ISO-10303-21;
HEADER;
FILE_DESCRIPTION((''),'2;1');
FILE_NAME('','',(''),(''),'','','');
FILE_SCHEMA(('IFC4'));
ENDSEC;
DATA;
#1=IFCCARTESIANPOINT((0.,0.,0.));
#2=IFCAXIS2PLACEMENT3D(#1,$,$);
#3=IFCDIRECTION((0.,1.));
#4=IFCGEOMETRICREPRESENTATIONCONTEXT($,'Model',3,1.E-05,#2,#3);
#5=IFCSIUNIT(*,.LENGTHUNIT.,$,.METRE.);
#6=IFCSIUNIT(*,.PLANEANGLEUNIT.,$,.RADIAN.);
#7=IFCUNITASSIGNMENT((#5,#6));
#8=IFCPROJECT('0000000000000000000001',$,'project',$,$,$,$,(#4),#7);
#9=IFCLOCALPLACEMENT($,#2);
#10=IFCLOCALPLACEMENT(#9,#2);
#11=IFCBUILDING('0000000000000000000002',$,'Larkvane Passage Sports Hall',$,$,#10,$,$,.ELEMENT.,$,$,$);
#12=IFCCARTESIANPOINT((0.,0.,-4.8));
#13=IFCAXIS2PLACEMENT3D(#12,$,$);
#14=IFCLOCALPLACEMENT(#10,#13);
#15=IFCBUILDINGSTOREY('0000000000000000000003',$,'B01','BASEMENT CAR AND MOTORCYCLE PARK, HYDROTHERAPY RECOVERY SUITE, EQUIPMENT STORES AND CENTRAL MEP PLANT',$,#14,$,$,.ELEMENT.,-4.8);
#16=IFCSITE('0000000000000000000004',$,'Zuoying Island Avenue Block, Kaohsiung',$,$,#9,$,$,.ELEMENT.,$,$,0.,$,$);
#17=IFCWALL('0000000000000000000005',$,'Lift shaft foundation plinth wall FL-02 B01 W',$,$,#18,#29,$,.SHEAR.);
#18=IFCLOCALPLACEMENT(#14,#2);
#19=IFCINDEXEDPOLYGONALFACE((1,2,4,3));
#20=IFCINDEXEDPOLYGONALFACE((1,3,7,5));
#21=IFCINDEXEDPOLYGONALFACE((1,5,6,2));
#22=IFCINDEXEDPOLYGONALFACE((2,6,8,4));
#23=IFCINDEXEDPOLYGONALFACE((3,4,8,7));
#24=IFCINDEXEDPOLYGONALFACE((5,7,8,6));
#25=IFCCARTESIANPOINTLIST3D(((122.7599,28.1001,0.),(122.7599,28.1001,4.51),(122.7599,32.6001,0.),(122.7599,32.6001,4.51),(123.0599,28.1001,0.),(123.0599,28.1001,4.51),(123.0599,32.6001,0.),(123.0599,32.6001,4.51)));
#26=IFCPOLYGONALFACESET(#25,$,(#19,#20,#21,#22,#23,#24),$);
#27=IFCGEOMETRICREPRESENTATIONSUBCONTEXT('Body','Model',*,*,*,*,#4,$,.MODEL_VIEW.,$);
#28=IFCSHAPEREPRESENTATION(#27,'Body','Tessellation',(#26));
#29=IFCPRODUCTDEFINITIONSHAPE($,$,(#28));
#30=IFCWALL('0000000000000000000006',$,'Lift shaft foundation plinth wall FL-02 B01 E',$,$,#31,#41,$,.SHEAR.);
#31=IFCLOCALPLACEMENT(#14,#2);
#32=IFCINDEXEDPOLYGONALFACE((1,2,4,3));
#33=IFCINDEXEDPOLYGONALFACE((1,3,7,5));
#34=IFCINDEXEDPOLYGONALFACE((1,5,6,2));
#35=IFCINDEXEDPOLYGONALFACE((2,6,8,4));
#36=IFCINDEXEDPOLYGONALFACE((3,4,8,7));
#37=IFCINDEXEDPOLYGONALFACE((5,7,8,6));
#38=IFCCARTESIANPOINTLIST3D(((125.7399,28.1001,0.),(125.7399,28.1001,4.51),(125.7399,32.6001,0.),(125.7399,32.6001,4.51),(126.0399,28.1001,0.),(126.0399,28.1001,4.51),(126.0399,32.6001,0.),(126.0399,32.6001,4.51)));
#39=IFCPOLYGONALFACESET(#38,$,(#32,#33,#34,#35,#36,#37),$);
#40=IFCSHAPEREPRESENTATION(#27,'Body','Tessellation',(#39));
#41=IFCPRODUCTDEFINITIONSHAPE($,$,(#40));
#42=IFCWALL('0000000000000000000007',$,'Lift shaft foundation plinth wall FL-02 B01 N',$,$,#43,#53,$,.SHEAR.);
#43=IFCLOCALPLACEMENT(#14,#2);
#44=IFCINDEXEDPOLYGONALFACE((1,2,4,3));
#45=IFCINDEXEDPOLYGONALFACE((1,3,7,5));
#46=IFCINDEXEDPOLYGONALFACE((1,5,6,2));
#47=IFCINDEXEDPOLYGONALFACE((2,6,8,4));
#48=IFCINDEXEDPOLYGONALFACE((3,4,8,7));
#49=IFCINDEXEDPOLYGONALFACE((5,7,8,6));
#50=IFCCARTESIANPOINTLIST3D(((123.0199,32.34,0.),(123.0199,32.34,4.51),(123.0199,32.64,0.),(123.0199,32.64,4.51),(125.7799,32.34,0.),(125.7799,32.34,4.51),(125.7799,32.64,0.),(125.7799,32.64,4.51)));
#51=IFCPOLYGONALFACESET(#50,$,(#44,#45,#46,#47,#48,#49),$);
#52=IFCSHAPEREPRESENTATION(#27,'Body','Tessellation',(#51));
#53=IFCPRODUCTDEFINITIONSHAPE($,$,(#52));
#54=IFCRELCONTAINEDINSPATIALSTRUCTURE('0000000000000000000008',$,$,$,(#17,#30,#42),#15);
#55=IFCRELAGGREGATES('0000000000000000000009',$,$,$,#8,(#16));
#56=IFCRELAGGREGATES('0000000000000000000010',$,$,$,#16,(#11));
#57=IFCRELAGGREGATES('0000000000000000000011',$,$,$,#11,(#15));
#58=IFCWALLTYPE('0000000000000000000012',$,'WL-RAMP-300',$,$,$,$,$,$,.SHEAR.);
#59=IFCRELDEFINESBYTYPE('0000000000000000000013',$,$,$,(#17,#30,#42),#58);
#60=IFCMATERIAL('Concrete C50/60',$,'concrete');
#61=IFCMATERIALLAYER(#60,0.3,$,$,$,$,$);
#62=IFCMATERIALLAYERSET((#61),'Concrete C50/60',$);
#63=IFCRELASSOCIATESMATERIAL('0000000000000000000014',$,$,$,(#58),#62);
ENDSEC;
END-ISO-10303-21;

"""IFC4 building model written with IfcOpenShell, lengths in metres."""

from ifc_helpers import new_model, si_unit, direction, frame, frame_2d, origin, place, context, subcontext, project, spatial, rectangle, extrude, material, layer, layer_set, type_object, element, save


model = new_model("IFC4")

# Units and contexts
model_context = context("Model", 3, precision=1e-05, world=origin(), true_north=direction((0.0, 1.0)))
body_context = subcontext(model_context, "Body", "Model", "MODEL_VIEW")
ifc_project = project(units=[si_unit("LENGTHUNIT", "METRE"), si_unit("PLANEANGLEUNIT", "RADIAN")], contexts=[model_context])

# Site, building, storey
site_placement = place(None, origin())
site = spatial("IfcSite", under=ifc_project, at=site_placement, Name="Zuoying Island Avenue Block, Kaohsiung", CompositionType="ELEMENT", RefElevation=0.0)
building_placement = place(site_placement, origin())
building = spatial("IfcBuilding", under=site, at=building_placement, Name="Larkvane Passage Sports Hall", CompositionType="ELEMENT")
storey_placement = place(building_placement, frame((0.0, 0.0, -4.8)))
storey = spatial("IfcBuildingStorey", under=building, at=storey_placement, Name="B01", Description="BASEMENT CAR AND MOTORCYCLE PARK, HYDROTHERAPY RECOVERY SUITE, EQUIPMENT STORES AND CENTRAL MEP PLANT", CompositionType="ELEMENT", Elevation=-4.8)

# Walls
ifc_material_1 = material(Name="Concrete C50/60", Category="concrete")
ifc_layer = layer(ifc_material_1, 0.3)
ifc_layer_set = layer_set([ifc_layer], Name="Concrete C50/60")
wall_type = type_object("IfcWallType", Name="WL-RAMP-300", PredefinedType="SHEAR", material=ifc_layer_set)
for number, where, z_axis, x_axis, name in (
    (1, (122.9099, 28.1001, 0.0), (0.0, 0.0, 1.0), (0.0, 1.0, 0.0), "Lift shaft foundation plinth wall FL-02 B01 W"),
    (2, (125.8899, 28.1001, 0.0), (0.0, 0.0, 1.0), (0.0, 1.0, 0.0), "Lift shaft foundation plinth wall FL-02 B01 E"),
):
    element("IfcWall", number, at=place(storey_placement, frame(where, z_axis=z_axis, x_axis=x_axis)), inside=storey, type_object=wall_type, Name=name, PredefinedType="SHEAR", context=body_context, shape_type="SweptSolid", body=[
        extrude(rectangle(XDim=4.5, YDim=0.3, at=frame_2d((2.25, 0.0))), origin(), (0.0, 0.0, 1.0), 4.51),
    ])
wall_placement = place(storey_placement, frame((123.02, 32.49, 0.0), z_axis=(0.0, 0.0, 1.0), x_axis=(1.0, 0.0, 0.0)))
element("IfcWall", 3, at=wall_placement, inside=storey, type_object=wall_type, Name="Lift shaft foundation plinth wall FL-02 B01 N", PredefinedType="SHEAR", context=body_context, shape_type="SweptSolid", body=[
    extrude(rectangle(XDim=2.76, YDim=0.3, at=frame_2d((1.3799, 0.0))), origin(), (0.0, 0.0, 1.0), 4.51),
])

save(model, "model.ifc")
